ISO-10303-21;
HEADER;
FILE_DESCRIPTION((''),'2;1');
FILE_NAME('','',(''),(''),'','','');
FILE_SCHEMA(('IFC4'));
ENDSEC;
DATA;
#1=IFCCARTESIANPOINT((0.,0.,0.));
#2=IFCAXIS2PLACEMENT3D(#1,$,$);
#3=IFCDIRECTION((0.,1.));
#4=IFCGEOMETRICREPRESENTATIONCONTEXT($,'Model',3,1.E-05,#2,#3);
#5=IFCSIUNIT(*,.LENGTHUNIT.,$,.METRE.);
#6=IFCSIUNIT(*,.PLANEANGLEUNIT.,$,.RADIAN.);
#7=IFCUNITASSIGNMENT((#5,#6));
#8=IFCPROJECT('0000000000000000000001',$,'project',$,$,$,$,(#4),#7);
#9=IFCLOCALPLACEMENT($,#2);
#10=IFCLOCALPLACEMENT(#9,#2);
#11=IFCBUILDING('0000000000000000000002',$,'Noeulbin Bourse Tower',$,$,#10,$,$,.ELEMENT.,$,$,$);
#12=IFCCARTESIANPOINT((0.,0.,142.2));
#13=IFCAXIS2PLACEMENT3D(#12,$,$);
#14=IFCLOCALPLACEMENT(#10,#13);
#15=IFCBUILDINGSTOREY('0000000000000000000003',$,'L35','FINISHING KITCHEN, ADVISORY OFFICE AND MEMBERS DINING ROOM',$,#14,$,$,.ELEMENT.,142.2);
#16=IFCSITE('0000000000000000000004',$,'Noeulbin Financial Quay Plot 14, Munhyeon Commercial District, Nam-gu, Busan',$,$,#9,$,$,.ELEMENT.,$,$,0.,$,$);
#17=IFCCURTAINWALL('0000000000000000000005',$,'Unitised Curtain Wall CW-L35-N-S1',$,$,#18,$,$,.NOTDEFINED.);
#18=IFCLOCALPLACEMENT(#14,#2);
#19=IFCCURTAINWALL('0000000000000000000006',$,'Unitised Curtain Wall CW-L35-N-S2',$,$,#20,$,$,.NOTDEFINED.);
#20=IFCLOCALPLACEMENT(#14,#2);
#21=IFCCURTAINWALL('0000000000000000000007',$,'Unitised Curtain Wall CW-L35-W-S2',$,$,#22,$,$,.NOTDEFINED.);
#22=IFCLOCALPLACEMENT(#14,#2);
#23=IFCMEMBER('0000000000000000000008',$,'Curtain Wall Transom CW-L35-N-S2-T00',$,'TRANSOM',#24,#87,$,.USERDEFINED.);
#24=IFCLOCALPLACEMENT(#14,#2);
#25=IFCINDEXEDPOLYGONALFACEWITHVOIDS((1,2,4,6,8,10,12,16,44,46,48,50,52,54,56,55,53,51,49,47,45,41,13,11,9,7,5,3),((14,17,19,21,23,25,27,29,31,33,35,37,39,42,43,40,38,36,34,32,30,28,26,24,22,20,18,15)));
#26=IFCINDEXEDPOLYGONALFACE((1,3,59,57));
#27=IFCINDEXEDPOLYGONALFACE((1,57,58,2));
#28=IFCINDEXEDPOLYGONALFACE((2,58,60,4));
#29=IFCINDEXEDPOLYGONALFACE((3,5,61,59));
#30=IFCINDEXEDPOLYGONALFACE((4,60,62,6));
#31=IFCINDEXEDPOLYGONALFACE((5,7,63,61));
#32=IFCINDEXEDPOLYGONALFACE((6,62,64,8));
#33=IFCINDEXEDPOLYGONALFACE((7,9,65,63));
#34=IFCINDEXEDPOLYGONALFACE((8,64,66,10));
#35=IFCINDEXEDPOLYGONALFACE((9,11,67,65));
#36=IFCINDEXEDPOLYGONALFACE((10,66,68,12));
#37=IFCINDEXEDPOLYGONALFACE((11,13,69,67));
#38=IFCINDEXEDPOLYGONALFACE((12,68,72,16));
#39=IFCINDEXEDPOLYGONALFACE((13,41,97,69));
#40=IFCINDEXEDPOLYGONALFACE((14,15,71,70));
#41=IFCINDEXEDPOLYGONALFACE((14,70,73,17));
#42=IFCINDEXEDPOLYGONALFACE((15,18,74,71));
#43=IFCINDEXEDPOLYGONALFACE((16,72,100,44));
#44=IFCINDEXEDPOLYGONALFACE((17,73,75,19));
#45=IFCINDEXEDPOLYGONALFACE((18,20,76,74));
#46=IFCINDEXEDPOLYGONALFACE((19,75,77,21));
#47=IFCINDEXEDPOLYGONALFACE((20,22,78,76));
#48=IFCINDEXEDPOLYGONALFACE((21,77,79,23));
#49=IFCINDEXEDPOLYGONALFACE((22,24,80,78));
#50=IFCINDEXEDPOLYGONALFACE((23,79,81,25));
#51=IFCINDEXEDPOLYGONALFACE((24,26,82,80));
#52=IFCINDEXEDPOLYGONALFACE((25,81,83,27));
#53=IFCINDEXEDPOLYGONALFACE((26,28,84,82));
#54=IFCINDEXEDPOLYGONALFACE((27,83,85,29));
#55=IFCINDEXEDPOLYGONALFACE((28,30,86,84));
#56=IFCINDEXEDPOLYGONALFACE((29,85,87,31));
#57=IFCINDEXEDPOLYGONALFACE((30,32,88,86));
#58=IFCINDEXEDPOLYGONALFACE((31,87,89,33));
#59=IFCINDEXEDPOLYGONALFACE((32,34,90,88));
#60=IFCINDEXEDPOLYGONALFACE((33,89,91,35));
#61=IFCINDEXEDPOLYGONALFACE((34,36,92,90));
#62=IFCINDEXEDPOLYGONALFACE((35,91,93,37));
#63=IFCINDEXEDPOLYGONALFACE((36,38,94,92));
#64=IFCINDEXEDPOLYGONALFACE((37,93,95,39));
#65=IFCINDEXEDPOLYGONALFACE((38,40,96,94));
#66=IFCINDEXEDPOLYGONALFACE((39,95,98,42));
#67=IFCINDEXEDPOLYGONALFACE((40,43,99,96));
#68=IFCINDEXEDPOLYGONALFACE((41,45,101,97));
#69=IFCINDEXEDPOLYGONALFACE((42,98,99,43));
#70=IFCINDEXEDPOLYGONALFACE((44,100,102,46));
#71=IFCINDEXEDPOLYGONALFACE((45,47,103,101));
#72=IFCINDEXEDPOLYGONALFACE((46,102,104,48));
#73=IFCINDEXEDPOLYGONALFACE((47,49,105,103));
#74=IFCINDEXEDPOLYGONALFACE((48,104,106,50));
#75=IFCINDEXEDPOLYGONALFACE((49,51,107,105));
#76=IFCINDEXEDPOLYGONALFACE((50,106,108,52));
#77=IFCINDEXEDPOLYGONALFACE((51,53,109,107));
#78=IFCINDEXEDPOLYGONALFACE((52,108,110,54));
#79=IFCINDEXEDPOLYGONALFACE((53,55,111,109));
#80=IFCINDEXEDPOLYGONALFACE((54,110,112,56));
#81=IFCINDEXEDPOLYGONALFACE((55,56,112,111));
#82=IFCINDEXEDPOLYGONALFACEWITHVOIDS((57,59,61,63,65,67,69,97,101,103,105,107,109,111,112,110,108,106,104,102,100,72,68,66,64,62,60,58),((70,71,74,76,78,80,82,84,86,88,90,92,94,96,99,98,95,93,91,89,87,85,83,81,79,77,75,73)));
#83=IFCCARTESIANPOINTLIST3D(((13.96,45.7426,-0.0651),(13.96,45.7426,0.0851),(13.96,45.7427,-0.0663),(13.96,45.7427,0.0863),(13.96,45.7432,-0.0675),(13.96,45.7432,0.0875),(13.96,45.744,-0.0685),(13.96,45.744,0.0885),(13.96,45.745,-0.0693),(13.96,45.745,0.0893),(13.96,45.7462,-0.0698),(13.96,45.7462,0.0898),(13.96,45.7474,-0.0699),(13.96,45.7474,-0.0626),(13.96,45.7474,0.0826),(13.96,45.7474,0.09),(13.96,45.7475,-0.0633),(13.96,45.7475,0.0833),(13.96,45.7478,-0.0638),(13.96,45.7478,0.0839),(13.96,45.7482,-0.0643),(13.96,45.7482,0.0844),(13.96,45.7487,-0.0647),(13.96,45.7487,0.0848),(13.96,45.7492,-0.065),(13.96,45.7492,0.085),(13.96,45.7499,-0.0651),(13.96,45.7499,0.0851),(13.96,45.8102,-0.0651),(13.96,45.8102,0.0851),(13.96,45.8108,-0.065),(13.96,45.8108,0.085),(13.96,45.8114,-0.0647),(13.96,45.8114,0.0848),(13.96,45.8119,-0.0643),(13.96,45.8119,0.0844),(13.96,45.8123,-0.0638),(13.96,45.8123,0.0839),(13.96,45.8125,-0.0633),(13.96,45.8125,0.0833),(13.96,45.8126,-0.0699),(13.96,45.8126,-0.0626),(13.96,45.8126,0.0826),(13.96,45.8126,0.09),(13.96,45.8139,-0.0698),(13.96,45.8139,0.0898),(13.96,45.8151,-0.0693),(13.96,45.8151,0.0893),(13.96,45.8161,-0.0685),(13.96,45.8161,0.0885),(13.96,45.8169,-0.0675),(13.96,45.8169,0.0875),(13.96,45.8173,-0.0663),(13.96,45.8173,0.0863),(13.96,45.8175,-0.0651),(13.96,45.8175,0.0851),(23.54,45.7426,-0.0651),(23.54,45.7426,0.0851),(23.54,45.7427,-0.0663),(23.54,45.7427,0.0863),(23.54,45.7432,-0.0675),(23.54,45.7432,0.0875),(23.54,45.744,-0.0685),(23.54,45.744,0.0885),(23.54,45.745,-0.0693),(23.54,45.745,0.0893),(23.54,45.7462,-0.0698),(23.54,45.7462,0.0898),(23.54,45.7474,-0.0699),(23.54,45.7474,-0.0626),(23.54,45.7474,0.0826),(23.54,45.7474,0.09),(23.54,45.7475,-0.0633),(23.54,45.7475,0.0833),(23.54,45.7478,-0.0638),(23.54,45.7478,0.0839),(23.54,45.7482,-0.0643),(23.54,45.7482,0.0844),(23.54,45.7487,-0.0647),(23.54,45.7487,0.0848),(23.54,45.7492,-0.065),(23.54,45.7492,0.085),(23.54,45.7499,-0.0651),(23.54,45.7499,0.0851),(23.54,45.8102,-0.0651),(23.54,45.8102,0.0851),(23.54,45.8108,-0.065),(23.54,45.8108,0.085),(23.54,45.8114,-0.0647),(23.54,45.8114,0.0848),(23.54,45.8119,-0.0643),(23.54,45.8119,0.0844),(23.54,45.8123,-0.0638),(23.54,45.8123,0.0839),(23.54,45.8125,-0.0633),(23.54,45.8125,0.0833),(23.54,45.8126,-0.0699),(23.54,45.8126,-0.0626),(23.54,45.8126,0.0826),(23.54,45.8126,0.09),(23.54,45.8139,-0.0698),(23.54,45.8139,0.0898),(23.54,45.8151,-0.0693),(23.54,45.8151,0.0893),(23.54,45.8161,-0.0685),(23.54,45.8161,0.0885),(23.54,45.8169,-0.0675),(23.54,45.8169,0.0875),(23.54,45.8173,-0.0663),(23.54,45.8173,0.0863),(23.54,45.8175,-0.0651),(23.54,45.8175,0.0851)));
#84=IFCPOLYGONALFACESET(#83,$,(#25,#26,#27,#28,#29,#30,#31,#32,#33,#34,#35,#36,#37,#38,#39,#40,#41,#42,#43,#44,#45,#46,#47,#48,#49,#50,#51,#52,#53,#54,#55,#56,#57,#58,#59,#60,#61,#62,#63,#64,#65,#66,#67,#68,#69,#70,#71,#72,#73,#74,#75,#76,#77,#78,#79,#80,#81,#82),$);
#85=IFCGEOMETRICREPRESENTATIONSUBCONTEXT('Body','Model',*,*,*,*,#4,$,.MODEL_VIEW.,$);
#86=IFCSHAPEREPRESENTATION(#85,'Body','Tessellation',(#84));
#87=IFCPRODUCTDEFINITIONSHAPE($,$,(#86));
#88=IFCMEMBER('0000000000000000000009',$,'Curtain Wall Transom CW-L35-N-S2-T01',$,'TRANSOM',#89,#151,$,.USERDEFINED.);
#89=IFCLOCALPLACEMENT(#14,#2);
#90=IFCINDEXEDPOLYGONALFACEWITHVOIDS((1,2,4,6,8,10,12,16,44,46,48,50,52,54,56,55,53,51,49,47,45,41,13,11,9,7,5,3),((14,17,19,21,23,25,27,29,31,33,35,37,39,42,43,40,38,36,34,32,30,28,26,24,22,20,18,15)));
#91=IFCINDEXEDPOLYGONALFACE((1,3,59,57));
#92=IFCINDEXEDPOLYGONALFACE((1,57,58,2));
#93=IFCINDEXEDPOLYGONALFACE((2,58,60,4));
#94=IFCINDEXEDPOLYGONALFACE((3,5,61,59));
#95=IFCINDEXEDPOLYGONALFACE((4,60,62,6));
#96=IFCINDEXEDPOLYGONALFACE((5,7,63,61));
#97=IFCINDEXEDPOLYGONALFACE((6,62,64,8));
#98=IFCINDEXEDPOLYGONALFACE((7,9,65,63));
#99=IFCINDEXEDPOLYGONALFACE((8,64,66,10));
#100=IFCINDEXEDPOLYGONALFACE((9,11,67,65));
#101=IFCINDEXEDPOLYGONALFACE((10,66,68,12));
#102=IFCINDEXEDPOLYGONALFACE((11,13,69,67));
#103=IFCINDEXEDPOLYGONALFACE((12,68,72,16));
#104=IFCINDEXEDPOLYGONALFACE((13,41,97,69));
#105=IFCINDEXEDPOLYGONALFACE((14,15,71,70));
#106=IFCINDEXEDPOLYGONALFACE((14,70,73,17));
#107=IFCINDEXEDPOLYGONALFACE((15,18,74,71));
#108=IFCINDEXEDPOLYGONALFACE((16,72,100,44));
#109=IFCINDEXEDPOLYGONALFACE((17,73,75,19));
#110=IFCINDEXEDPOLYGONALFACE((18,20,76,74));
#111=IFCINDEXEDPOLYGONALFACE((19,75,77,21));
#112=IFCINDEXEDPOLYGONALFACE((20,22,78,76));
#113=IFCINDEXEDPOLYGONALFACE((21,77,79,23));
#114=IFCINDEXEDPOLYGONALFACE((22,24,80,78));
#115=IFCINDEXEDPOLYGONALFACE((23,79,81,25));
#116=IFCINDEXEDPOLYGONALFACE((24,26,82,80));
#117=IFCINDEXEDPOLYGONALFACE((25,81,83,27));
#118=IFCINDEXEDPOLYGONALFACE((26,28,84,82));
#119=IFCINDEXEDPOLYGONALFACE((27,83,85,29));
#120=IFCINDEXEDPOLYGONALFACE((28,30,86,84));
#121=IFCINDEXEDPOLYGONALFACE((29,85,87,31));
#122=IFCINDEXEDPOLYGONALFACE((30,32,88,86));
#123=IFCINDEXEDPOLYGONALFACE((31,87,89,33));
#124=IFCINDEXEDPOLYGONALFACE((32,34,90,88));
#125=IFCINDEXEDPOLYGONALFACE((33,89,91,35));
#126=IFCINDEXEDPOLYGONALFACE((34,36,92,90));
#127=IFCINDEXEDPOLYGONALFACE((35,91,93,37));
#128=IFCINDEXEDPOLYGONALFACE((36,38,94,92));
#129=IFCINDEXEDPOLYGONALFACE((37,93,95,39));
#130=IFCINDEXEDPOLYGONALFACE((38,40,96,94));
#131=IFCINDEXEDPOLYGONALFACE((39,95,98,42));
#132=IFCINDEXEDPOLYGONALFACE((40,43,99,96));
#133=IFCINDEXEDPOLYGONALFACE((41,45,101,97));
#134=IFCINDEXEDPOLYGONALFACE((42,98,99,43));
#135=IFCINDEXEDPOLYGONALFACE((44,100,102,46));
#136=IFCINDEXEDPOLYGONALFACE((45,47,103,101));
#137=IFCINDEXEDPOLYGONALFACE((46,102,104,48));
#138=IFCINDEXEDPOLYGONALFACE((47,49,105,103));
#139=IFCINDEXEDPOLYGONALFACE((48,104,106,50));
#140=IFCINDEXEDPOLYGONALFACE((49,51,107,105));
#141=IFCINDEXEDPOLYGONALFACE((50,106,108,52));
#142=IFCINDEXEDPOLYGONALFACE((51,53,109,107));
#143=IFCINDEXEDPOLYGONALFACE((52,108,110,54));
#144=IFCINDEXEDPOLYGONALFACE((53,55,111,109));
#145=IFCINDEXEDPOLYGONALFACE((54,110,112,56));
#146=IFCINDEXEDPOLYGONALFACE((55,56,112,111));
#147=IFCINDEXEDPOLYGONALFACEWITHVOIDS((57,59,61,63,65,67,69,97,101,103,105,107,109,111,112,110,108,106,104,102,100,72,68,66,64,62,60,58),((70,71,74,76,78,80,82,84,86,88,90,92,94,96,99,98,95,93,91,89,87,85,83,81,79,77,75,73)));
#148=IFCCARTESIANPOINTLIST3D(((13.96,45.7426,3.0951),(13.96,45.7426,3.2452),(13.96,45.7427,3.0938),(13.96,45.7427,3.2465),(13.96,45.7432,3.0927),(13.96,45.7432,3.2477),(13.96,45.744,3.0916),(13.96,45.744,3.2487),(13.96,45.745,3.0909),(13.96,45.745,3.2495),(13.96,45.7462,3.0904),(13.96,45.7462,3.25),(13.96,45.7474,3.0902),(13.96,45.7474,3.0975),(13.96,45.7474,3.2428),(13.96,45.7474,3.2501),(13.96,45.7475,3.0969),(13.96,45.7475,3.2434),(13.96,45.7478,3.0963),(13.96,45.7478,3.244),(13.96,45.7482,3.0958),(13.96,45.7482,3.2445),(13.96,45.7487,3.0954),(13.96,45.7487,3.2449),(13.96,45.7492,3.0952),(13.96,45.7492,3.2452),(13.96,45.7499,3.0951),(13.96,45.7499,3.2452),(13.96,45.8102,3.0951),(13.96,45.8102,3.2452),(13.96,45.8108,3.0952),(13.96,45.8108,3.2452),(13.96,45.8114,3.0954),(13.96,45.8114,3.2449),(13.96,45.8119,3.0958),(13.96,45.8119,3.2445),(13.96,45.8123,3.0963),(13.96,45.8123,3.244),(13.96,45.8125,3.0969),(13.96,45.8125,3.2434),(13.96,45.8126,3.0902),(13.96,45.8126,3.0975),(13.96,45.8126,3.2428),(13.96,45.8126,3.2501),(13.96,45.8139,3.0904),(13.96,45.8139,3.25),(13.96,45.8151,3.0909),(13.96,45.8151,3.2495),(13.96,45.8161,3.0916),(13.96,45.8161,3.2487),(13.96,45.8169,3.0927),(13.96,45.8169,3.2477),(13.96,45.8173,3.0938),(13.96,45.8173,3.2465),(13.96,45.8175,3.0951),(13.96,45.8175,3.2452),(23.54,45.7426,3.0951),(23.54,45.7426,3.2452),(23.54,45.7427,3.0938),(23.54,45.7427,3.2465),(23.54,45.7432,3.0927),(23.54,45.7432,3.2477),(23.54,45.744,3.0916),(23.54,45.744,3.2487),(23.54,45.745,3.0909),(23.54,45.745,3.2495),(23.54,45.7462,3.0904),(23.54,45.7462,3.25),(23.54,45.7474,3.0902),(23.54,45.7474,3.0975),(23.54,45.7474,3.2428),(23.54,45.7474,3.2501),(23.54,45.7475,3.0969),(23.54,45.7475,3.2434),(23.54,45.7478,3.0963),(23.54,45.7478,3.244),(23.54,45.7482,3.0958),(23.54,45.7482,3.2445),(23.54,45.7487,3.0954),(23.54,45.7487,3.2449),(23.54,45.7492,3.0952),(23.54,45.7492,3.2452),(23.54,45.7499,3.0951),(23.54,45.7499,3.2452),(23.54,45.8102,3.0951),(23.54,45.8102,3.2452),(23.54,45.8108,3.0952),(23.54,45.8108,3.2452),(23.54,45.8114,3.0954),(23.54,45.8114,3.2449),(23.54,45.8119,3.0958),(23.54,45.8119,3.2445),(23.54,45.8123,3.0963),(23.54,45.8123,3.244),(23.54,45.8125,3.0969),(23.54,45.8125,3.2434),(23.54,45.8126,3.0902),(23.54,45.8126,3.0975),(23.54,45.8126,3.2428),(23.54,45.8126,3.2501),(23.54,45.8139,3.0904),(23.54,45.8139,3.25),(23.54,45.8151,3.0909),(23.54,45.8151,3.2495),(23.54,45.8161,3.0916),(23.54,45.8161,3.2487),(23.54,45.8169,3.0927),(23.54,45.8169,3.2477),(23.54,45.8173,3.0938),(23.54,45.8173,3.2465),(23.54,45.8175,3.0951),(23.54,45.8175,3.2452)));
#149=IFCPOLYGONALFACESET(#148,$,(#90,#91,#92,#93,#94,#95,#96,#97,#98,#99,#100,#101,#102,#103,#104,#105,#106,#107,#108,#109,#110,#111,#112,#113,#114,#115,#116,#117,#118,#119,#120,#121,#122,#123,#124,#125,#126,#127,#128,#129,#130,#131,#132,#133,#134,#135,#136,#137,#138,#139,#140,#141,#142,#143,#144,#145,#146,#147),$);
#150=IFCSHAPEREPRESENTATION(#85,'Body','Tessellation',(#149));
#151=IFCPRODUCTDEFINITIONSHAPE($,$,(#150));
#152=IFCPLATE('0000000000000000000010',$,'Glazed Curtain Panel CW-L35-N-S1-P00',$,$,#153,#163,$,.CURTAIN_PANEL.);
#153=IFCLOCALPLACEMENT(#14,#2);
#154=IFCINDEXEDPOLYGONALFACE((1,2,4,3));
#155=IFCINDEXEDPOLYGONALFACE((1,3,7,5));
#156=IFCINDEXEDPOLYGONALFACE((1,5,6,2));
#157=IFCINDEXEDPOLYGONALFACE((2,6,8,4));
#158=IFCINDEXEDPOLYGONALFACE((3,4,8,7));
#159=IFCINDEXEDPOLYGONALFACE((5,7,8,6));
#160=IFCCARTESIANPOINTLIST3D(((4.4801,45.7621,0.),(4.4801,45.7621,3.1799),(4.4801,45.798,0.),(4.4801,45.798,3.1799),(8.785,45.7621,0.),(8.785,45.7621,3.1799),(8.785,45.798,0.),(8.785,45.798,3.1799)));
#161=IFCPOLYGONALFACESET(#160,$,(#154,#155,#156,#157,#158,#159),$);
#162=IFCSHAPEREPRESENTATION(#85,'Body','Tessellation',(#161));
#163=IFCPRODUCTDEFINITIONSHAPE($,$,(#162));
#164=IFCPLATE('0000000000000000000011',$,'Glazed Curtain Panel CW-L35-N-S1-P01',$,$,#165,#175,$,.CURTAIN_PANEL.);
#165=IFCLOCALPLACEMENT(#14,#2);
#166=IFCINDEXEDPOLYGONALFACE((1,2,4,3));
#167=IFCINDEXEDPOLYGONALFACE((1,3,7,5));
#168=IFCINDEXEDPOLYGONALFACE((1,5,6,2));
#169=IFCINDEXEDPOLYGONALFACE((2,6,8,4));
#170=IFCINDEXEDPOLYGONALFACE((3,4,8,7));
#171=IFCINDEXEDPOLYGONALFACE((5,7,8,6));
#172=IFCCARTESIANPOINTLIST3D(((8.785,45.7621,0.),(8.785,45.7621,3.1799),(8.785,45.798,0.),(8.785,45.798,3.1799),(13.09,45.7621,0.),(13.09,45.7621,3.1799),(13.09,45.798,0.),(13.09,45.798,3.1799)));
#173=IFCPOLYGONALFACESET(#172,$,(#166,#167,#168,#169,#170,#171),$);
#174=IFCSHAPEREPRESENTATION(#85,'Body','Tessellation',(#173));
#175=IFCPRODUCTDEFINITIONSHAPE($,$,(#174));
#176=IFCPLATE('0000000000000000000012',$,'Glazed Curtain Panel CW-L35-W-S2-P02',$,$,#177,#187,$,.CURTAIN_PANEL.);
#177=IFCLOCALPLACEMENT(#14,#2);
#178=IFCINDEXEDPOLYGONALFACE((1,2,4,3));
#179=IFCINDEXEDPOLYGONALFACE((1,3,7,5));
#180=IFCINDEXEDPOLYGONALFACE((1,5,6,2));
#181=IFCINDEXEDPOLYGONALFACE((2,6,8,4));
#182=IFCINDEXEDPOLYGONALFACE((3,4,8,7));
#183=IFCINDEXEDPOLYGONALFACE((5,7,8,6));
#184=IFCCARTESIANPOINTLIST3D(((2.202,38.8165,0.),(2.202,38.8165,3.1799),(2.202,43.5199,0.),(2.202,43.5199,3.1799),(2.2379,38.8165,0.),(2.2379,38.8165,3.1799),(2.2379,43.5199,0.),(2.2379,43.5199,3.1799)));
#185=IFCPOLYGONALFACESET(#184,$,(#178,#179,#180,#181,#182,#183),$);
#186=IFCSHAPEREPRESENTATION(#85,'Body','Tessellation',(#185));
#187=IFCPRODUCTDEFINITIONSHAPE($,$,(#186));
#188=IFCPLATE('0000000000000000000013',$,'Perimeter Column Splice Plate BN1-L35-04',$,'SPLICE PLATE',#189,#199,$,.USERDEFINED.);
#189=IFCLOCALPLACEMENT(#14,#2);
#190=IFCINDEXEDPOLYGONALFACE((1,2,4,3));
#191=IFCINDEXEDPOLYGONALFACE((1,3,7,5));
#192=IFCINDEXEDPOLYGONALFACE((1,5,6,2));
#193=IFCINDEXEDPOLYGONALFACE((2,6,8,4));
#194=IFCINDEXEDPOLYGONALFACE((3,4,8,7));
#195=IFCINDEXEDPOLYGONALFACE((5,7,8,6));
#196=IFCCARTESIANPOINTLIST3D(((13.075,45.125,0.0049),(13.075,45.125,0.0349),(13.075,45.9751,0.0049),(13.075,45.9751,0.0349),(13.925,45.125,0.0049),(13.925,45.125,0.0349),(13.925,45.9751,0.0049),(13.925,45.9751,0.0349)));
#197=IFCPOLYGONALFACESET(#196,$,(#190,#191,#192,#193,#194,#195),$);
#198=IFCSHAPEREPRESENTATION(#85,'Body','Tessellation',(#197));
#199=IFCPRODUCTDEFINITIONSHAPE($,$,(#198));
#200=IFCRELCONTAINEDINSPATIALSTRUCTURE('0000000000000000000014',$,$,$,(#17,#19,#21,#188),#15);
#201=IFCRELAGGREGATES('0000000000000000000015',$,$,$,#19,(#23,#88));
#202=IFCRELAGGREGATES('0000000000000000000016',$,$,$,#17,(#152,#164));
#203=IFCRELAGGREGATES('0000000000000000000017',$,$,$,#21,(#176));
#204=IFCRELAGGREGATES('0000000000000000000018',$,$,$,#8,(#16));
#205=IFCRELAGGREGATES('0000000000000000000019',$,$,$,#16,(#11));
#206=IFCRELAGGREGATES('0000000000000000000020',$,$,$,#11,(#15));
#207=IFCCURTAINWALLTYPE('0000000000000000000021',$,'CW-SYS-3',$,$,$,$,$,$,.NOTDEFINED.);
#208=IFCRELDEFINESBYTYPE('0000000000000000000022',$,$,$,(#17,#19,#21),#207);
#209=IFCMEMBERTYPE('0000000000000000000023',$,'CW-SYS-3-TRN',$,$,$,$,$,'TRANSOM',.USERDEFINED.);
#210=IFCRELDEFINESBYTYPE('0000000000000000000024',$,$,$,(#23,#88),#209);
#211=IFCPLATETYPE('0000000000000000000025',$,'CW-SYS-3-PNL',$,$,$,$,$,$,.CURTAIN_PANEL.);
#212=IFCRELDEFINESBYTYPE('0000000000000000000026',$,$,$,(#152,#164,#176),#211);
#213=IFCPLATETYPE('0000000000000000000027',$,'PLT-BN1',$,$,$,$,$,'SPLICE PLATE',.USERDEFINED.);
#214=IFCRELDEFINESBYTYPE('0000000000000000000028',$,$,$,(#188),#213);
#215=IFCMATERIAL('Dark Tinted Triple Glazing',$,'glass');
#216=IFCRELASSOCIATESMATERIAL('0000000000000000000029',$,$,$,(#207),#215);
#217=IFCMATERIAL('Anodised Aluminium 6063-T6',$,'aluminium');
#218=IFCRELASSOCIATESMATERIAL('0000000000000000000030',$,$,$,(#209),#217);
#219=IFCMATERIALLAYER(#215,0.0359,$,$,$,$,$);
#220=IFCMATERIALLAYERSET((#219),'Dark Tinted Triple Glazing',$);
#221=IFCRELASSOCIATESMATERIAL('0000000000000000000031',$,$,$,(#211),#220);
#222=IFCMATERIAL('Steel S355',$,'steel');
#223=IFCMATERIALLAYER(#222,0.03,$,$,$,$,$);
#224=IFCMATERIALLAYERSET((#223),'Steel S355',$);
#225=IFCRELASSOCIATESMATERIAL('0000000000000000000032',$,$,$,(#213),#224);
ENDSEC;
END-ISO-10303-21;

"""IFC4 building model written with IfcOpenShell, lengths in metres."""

from ifc_helpers import new_model, si_unit, direction, frame, origin, origin_2d, place, context, subcontext, project, spatial, rectangle, hollow_rectangle, extrude, material, layer, layer_set, material_profile, profile_set, type_object, element, aggregate, save


model = new_model("IFC4")

# Units and contexts
model_context = context("Model", 3, precision=1e-05, world=origin(), true_north=direction((0.0, 1.0)))
body_context = subcontext(model_context, "Body", "Model", "MODEL_VIEW")
ifc_project = project(units=[si_unit("LENGTHUNIT", "METRE"), si_unit("PLANEANGLEUNIT", "RADIAN")], contexts=[model_context])

# Site, building, storey
site_placement = place(None, origin())
site = spatial("IfcSite", under=ifc_project, at=site_placement, Name="Noeulbin Financial Quay Plot 14, Munhyeon Commercial District, Nam-gu, Busan", CompositionType="ELEMENT", RefElevation=0.0)
building_placement = place(site_placement, origin())
building = spatial("IfcBuilding", under=site, at=building_placement, Name="Noeulbin Bourse Tower", CompositionType="ELEMENT")
storey_placement = place(building_placement, frame((0.0, 0.0, 142.2)))
storey = spatial("IfcBuildingStorey", under=building, at=storey_placement, Name="L35", Description="FINISHING KITCHEN, ADVISORY OFFICE AND MEMBERS DINING ROOM", CompositionType="ELEMENT", Elevation=142.2)

# Shared definitions
ifc_material_1 = material(Name="Steel S355", Category="steel")

# Curtain wall
ifc_material_2 = material(Name="Dark Tinted Triple Glazing", Category="glass")
curtain_wall_type = type_object("IfcCurtainWallType", Name="CW-SYS-3", PredefinedType="NOTDEFINED", material=ifc_material_2)
curtain_wall_1_placement = place(storey_placement, origin())
curtain_wall_1 = element("IfcCurtainWall", 1, at=curtain_wall_1_placement, inside=storey, type_object=curtain_wall_type, Name="Unitised Curtain Wall CW-L35-N-S1", PredefinedType="NOTDEFINED")
ifc_material_3 = material(Name="Anodised Aluminium 6063-T6", Category="aluminium")

# Curtain wall
curtain_wall_2_placement = place(storey_placement, origin())
curtain_wall_2 = element("IfcCurtainWall", 2, at=curtain_wall_2_placement, inside=storey, type_object=curtain_wall_type, Name="Unitised Curtain Wall CW-L35-N-S2", PredefinedType="NOTDEFINED")

# Curtain wall
curtain_wall_3_placement = place(storey_placement, origin())
curtain_wall_3 = element("IfcCurtainWall", 3, at=curtain_wall_3_placement, inside=storey, type_object=curtain_wall_type, Name="Unitised Curtain Wall CW-L35-W-S2", PredefinedType="NOTDEFINED")

# Members
ifc_material_profile_1 = material_profile(ifc_material_3, hollow_rectangle(XDim=0.075, YDim=0.1599, WallThickness=0.0049, InnerFilletRadius=0.0024, OuterFilletRadius=0.0049, at=origin_2d()), Name="ALU-TRAN-75x160x5", Category="LoadBearing")
ifc_profile_set_1 = profile_set([ifc_material_profile_1], Name="Anodised Aluminium 6063-T6")
member_type_1 = type_object("IfcMemberType", Name="CW-SYS-3-TRN", ElementType="TRANSOM", PredefinedType="USERDEFINED", material=ifc_profile_set_1)
member_1_placement = place(storey_placement, frame((13.96, 45.78, 0.01), z_axis=(1.0, 0.0, 0.0), x_axis=(0.0, 1.0, 0.0)))
member_1 = element("IfcMember", 4, at=member_1_placement, type_object=member_type_1, Name="Curtain Wall Transom CW-L35-N-S2-T00", ObjectType="TRANSOM", PredefinedType="USERDEFINED", context=body_context, shape_type="SweptSolid", body=[
    extrude(hollow_rectangle(XDim=0.075, YDim=0.1599, WallThickness=0.0049, InnerFilletRadius=0.0024, OuterFilletRadius=0.0049, at=origin_2d()), origin(), (0.0, 0.0, 1.0), 9.5801),
])
member_2_placement = place(storey_placement, frame((13.96, 45.78, 3.1702), z_axis=(1.0, 0.0, 0.0), x_axis=(0.0, 1.0, 0.0)))
member_2 = element("IfcMember", 5, at=member_2_placement, type_object=member_type_1, Name="Curtain Wall Transom CW-L35-N-S2-T01", ObjectType="TRANSOM", PredefinedType="USERDEFINED", context=body_context, shape_type="SweptSolid", body=[
    extrude(hollow_rectangle(XDim=0.075, YDim=0.1599, WallThickness=0.0049, InnerFilletRadius=0.0024, OuterFilletRadius=0.0049, at=origin_2d()), origin(), (0.0, 0.0, 1.0), 9.5801),
])
aggregate(curtain_wall_2, [member_1, member_2])

# Plates
ifc_layer_1 = layer(ifc_material_2, 0.0359)
ifc_layer_set_1 = layer_set([ifc_layer_1], Name="Dark Tinted Triple Glazing")
plate_type_1 = type_object("IfcPlateType", Name="CW-SYS-3-PNL", PredefinedType="CURTAIN_PANEL", material=ifc_layer_set_1)
plate_1_placement = place(storey_placement, frame((6.6326, 45.78, 0.0), z_axis=(0.0, 0.0, 1.0), x_axis=(1.0, 0.0, 0.0)))
plate_1 = element("IfcPlate", 6, at=plate_1_placement, type_object=plate_type_1, Name="Glazed Curtain Panel CW-L35-N-S1-P00", PredefinedType="CURTAIN_PANEL", context=body_context, shape_type="SweptSolid", body=[
    extrude(rectangle(XDim=4.3049, YDim=0.0359, at=origin_2d()), origin(), (0.0, 0.0, 1.0), 3.1799),
])
plate_2_placement = place(storey_placement, frame((10.9375, 45.78, 0.0), z_axis=(0.0, 0.0, 1.0), x_axis=(1.0, 0.0, 0.0)))
plate_2 = element("IfcPlate", 7, at=plate_2_placement, type_object=plate_type_1, Name="Glazed Curtain Panel CW-L35-N-S1-P01", PredefinedType="CURTAIN_PANEL", context=body_context, shape_type="SweptSolid", body=[
    extrude(rectangle(XDim=4.3049, YDim=0.0359, at=origin_2d()), origin(), (0.0, 0.0, 1.0), 3.1799),
])
aggregate(curtain_wall_1, [plate_1, plate_2])
plate_3_placement = place(storey_placement, frame((2.22, 41.1682, 0.0), z_axis=(0.0, 0.0, 1.0), x_axis=(0.0, 1.0, 0.0)))
plate_3 = element("IfcPlate", 8, at=plate_3_placement, type_object=plate_type_1, Name="Glazed Curtain Panel CW-L35-W-S2-P02", PredefinedType="CURTAIN_PANEL", context=body_context, shape_type="SweptSolid", body=[
    extrude(rectangle(XDim=4.7034, YDim=0.0359, at=origin_2d()), origin(), (0.0, 0.0, 1.0), 3.1799),
])
aggregate(curtain_wall_3, [plate_3])
ifc_layer_2 = layer(ifc_material_1, 0.03)
ifc_layer_set_2 = layer_set([ifc_layer_2], Name="Steel S355")
plate_type_2 = type_object("IfcPlateType", Name="PLT-BN1", ElementType="SPLICE PLATE", PredefinedType="USERDEFINED", material=ifc_layer_set_2)
plate_4_placement = place(storey_placement, frame((13.5, 45.55, 0.0049), z_axis=(0.0, 0.0, 1.0), x_axis=(1.0, 0.0, 0.0)))
element("IfcPlate", 9, at=plate_4_placement, inside=storey, type_object=plate_type_2, Name="Perimeter Column Splice Plate BN1-L35-04", ObjectType="SPLICE PLATE", PredefinedType="USERDEFINED", context=body_context, shape_type="SweptSolid", body=[
    extrude(rectangle(XDim=0.8501, YDim=0.8501, at=origin_2d()), origin(), (0.0, 0.0, 1.0), 0.03),
])

save(model, "model.ifc")
